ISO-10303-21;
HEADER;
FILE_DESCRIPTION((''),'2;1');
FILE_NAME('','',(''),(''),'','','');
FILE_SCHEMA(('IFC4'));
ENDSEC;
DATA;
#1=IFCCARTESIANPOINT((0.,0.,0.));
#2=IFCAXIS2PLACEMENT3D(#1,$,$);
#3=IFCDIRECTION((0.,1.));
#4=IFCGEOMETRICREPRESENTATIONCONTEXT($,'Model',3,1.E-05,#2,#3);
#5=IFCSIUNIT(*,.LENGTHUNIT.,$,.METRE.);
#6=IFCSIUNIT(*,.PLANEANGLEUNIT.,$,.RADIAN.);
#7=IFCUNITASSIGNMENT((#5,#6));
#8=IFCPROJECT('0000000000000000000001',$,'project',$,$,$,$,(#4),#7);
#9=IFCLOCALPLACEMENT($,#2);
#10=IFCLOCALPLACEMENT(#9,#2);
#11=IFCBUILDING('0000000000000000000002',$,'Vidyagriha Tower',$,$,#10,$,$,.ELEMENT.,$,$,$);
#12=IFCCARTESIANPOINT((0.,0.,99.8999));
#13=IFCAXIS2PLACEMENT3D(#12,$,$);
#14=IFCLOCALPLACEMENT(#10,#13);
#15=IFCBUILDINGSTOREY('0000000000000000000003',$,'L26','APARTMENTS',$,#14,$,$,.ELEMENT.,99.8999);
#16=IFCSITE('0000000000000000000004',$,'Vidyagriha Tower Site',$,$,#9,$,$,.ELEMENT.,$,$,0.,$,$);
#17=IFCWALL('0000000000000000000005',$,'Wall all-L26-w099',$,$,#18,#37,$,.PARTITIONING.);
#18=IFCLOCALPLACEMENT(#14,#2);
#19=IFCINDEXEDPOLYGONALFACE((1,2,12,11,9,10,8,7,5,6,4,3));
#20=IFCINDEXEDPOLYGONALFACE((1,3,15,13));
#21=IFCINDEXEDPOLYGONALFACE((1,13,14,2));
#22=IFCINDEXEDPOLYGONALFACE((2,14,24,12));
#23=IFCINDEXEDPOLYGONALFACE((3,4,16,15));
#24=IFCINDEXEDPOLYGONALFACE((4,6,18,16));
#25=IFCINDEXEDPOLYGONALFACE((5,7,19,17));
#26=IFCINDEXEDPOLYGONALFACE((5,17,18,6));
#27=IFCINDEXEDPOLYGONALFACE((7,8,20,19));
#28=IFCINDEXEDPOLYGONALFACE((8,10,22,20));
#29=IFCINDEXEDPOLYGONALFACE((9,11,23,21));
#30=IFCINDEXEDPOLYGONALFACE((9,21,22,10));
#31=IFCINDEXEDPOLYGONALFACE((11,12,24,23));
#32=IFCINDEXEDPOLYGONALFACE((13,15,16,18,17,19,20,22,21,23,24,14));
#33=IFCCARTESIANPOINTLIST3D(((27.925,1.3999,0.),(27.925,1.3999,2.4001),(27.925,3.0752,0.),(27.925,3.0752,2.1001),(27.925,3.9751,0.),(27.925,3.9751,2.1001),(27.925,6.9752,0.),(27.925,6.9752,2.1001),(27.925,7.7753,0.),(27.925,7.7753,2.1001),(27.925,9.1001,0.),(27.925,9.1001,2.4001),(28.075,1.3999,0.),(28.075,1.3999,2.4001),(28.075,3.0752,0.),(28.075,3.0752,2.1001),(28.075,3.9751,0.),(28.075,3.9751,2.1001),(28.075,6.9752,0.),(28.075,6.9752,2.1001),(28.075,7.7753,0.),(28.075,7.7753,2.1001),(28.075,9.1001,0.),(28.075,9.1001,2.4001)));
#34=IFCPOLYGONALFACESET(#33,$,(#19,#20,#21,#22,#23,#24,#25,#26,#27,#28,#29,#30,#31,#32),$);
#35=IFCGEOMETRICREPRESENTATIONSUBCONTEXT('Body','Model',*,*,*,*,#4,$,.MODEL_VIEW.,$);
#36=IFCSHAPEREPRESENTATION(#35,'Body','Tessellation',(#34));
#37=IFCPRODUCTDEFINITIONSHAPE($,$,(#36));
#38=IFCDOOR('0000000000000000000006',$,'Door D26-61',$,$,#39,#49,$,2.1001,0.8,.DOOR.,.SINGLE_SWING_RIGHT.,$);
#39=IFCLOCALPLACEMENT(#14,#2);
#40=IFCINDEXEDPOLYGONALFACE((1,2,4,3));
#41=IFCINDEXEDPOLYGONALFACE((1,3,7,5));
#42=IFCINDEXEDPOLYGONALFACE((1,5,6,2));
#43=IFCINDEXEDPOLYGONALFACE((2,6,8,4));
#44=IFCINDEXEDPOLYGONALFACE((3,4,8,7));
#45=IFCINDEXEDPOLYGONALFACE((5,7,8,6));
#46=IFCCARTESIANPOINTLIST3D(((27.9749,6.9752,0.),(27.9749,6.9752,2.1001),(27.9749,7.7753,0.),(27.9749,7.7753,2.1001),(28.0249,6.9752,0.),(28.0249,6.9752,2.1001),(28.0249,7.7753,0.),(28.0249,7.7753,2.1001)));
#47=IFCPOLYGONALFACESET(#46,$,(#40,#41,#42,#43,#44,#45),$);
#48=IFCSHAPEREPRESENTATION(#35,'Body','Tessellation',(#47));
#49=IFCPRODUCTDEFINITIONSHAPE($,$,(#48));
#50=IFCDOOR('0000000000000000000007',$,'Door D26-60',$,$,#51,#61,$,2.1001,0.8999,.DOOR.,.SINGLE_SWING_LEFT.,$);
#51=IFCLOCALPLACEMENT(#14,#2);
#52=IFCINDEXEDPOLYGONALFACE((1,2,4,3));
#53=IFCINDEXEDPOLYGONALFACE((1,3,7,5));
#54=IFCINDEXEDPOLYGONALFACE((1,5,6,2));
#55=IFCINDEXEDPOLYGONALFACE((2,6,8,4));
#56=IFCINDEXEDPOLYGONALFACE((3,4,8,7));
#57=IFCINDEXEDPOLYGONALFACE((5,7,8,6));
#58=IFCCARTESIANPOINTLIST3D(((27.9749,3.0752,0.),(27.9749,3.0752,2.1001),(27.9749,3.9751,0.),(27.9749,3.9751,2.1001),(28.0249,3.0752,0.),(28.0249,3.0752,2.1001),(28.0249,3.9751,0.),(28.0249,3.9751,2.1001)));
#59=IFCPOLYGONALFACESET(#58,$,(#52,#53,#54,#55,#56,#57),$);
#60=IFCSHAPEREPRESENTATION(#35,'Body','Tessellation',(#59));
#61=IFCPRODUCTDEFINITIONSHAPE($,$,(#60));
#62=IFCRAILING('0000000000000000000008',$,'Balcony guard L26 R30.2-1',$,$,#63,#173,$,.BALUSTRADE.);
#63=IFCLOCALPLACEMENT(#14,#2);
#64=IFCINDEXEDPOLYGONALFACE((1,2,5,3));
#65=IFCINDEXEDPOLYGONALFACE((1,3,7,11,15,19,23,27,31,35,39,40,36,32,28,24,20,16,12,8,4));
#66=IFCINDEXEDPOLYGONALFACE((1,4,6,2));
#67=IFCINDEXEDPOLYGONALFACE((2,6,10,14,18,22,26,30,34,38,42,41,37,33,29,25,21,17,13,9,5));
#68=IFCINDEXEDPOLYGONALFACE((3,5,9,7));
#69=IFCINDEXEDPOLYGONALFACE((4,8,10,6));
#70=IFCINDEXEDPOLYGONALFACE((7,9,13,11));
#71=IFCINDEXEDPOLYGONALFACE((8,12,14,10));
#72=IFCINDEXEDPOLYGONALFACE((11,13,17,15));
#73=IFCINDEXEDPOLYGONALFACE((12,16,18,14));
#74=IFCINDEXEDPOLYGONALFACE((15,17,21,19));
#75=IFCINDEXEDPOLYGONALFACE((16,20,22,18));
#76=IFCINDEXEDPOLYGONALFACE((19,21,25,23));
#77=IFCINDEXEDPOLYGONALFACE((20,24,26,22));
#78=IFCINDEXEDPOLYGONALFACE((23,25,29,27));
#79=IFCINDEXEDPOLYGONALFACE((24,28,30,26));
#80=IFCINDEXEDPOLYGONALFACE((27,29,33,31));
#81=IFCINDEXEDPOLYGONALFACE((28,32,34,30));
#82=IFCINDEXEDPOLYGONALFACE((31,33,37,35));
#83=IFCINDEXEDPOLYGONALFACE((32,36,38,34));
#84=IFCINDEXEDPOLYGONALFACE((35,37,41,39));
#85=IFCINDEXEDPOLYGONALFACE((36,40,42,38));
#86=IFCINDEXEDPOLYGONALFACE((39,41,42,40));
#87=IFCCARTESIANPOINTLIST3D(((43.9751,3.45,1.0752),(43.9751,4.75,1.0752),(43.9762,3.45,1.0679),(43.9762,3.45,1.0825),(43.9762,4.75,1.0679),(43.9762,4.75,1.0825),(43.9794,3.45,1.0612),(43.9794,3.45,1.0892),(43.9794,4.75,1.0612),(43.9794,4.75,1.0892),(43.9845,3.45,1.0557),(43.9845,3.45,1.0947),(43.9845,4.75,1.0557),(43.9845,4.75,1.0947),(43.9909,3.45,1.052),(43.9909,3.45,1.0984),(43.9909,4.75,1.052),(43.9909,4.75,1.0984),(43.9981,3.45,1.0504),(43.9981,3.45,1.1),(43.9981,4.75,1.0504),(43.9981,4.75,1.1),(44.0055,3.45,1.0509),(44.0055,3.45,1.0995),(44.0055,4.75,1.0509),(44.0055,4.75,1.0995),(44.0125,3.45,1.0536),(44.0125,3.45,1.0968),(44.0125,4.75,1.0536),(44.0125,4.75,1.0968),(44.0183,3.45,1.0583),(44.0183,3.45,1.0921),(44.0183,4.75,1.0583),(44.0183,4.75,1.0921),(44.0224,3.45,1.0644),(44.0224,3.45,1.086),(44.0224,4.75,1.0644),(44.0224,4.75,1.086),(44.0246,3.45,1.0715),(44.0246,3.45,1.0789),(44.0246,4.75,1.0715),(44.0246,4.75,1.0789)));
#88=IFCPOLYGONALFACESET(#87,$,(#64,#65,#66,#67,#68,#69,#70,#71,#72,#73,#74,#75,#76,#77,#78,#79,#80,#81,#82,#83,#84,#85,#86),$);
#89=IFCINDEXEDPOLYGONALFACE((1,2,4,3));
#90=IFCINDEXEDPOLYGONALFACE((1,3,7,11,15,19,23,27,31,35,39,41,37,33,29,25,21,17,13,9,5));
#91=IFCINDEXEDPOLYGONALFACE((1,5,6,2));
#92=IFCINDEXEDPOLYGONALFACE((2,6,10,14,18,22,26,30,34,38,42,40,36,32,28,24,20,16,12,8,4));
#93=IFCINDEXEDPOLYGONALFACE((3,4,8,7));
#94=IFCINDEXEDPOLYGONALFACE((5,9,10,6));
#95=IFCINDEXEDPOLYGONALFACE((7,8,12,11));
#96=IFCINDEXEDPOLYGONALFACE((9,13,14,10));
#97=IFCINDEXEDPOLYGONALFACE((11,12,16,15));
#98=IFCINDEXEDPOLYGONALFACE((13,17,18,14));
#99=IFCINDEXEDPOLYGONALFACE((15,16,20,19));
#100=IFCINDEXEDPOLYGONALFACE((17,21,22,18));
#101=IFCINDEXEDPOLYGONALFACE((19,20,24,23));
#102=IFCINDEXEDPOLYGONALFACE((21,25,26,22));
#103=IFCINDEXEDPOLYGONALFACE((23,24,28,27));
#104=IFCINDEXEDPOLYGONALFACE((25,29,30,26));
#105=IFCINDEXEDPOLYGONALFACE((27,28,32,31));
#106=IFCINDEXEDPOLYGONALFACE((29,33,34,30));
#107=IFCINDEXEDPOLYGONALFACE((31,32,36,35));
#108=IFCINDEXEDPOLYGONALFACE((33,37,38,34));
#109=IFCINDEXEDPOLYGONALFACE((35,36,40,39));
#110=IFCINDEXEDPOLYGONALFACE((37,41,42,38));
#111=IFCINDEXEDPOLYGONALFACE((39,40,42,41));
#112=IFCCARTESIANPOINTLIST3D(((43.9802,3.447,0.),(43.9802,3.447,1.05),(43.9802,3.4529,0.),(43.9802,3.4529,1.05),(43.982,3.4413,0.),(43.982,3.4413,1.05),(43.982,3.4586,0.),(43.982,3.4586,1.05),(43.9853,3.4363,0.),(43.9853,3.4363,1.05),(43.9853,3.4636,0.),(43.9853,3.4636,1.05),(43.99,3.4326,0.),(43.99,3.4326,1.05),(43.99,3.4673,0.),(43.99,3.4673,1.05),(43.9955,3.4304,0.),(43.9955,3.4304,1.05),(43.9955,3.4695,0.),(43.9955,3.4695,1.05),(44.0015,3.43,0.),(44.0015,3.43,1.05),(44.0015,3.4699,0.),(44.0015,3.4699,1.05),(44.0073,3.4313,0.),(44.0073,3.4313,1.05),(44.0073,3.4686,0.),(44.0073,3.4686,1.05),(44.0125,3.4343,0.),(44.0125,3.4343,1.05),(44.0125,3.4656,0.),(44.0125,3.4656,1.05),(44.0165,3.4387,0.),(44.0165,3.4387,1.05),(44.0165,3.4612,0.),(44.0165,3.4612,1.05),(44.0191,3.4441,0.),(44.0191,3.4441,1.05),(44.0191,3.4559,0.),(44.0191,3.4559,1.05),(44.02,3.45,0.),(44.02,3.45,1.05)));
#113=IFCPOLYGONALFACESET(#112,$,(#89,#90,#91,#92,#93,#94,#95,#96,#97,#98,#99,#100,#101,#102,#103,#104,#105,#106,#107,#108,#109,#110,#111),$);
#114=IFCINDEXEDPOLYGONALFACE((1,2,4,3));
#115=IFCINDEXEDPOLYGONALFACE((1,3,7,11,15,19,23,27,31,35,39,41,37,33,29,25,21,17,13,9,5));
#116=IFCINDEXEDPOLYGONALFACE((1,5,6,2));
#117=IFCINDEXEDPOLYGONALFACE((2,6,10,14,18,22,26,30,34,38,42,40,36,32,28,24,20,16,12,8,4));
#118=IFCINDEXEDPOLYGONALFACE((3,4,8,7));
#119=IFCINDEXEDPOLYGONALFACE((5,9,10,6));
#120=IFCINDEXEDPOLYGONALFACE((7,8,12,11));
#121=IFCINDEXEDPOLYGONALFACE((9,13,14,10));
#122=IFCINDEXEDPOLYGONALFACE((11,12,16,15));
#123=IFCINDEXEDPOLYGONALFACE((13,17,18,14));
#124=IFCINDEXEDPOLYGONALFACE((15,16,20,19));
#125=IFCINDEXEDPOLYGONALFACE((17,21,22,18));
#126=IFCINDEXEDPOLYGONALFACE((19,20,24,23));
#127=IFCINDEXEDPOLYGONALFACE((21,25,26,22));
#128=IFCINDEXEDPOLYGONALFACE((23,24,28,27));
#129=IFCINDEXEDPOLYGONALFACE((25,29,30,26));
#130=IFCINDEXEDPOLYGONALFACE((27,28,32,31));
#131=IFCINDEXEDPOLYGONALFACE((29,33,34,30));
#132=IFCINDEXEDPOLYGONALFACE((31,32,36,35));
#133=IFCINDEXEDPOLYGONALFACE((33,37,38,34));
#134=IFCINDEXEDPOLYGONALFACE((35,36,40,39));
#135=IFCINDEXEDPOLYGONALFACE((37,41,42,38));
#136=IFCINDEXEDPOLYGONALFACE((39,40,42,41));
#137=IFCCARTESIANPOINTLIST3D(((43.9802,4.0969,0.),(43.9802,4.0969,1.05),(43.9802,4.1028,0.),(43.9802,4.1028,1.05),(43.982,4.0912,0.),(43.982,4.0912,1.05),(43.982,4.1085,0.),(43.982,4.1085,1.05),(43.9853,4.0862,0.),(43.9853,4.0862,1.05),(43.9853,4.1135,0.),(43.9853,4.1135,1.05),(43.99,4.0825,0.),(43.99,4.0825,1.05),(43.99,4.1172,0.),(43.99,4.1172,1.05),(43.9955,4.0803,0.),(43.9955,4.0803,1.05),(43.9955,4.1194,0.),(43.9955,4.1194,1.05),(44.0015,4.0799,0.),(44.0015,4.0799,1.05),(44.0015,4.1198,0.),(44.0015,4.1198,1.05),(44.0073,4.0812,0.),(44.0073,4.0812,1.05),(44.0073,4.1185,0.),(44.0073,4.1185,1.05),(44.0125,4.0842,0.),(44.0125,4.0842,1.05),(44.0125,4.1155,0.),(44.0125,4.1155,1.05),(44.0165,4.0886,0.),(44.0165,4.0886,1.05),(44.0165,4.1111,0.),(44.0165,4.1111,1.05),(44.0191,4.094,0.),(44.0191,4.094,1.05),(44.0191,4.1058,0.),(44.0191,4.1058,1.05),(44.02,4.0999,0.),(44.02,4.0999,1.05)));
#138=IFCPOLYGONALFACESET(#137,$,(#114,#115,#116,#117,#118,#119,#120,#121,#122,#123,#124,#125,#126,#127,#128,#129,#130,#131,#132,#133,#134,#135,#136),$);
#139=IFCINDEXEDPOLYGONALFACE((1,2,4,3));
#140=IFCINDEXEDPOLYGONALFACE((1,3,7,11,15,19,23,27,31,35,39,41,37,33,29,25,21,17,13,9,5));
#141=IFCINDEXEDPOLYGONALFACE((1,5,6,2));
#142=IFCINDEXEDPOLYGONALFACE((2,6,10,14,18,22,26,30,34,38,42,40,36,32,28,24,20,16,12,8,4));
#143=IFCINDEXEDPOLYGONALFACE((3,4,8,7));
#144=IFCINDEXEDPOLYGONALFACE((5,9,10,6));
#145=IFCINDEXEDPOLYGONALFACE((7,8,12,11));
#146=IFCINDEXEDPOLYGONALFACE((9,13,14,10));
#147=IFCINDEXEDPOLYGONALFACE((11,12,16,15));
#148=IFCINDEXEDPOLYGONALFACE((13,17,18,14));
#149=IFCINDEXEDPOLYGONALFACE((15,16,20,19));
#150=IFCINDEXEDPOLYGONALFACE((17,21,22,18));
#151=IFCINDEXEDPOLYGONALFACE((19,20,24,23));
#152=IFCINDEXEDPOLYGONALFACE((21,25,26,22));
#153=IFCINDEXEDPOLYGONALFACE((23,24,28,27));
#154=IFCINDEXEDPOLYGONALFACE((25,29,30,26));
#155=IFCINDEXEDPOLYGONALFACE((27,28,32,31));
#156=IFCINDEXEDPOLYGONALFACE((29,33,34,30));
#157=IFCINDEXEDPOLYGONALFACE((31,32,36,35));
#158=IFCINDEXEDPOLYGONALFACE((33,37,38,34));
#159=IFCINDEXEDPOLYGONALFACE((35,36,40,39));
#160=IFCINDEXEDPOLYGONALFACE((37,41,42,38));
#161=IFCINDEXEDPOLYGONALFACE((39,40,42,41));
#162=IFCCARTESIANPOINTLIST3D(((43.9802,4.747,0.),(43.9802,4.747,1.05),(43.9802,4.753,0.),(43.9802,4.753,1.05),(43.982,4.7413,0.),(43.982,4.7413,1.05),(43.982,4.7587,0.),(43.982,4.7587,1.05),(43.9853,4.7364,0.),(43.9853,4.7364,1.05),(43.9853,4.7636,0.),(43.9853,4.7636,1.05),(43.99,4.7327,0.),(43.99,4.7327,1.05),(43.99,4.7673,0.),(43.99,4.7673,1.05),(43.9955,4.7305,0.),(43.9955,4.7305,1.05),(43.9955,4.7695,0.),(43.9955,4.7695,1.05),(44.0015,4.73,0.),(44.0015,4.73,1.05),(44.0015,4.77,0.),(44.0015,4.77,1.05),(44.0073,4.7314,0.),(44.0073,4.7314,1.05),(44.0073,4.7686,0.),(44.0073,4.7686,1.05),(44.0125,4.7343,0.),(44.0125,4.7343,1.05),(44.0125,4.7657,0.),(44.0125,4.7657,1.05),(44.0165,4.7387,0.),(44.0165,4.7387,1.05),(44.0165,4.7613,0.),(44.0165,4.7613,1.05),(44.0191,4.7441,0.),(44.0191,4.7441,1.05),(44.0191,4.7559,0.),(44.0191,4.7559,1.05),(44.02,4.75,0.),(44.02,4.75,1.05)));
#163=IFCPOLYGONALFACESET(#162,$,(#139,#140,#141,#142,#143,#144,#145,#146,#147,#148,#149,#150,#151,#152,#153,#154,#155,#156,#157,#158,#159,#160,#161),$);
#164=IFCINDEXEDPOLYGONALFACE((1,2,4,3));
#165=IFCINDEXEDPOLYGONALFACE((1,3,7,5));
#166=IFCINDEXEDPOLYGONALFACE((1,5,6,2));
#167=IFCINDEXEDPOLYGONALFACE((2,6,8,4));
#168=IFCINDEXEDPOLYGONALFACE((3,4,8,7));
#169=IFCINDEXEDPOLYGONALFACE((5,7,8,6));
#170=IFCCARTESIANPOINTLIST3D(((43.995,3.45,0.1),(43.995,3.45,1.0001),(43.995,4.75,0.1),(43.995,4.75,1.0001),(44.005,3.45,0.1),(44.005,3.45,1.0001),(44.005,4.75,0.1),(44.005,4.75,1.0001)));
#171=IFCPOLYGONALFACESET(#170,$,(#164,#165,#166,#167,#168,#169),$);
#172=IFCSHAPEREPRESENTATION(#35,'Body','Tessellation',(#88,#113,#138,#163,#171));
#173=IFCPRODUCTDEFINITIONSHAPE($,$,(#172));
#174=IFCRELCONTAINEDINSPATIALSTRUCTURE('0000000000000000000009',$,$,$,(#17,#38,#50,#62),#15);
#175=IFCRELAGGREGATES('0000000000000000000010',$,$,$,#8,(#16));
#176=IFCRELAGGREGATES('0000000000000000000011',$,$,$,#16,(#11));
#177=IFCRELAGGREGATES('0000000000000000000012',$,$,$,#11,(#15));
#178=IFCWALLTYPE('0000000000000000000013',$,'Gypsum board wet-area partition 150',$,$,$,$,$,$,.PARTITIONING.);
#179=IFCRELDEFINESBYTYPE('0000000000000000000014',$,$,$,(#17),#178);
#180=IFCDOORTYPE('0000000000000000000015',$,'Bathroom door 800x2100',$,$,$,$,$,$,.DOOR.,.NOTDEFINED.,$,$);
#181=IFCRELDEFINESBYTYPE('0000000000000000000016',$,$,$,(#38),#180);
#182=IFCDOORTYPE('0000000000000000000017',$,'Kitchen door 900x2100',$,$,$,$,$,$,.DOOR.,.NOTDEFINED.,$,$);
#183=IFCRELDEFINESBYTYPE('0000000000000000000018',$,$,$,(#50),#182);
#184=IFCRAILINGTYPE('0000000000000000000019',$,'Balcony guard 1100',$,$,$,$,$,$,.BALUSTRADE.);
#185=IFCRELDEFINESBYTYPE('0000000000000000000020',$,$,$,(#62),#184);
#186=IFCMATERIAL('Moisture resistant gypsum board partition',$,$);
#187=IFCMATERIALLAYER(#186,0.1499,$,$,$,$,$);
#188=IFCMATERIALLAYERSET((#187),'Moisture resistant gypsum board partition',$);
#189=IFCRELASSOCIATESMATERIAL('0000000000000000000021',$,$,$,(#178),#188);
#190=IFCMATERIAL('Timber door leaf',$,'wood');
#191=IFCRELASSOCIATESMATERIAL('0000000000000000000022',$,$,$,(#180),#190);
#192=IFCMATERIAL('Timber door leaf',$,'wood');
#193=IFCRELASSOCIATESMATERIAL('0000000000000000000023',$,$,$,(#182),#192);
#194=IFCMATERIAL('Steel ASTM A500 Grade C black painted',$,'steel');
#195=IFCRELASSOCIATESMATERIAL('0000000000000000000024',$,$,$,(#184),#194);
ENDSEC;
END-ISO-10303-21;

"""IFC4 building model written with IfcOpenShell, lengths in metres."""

from ifc_helpers import new_model, si_unit, direction, frame, frame_2d, origin, origin_2d, place, context, subcontext, project, spatial, rectangle, circle, extrude, material, layer, layer_set, type_object, element, fill, save


model = new_model("IFC4")

# Units and contexts
model_context = context("Model", 3, precision=1e-05, world=origin(), true_north=direction((0.0, 1.0)))
body_context = subcontext(model_context, "Body", "Model", "MODEL_VIEW")
ifc_project = project(units=[si_unit("LENGTHUNIT", "METRE"), si_unit("PLANEANGLEUNIT", "RADIAN")], contexts=[model_context])

# Site, building, storey
site_placement = place(None, origin())
site = spatial("IfcSite", under=ifc_project, at=site_placement, Name="Vidyagriha Tower Site", CompositionType="ELEMENT", RefElevation=0.0)
building_placement = place(site_placement, origin())
building = spatial("IfcBuilding", under=site, at=building_placement, Name="Vidyagriha Tower", CompositionType="ELEMENT")
storey_placement = place(building_placement, frame((0.0, 0.0, 99.8999)))
storey = spatial("IfcBuildingStorey", under=building, at=storey_placement, Name="L26", Description="APARTMENTS", CompositionType="ELEMENT", Elevation=99.8999)

# Wall, openings, doors
ifc_material_1 = material(Name="Moisture resistant gypsum board partition")
ifc_layer_1 = layer(ifc_material_1, 0.1499)
ifc_layer_set_1 = layer_set([ifc_layer_1], Name="Moisture resistant gypsum board partition")
wall_type_1 = type_object("IfcWallType", Name="Gypsum board wet-area partition 150", PredefinedType="PARTITIONING", material=ifc_layer_set_1)
wall_1_placement = place(storey_placement, frame((28.0, 9.1001, 0.0), z_axis=(0.0, 0.0, 1.0), x_axis=(0.0, -1.0, 0.0)))
wall_1 = element("IfcWall", 1, at=wall_1_placement, inside=storey, type_object=wall_type_1, Name="Wall all-L26-w099", PredefinedType="PARTITIONING", context=body_context, shape_type="SweptSolid", body=[
    extrude(rectangle(XDim=7.7002, YDim=0.1499, at=frame_2d((3.8501, 0.0))), origin(), (0.0, 0.0, 1.0), 2.4001),
])
opening_1_placement = place(wall_1_placement, frame((5.125, 0.0, 0.0)))
opening_1 = element("IfcOpeningElement", 2, at=opening_1_placement, cuts=wall_1, PredefinedType="OPENING", context=body_context, shape_type="SweptSolid", body=[
    extrude(rectangle(XDim=0.8999, YDim=2.1001, at=frame_2d((0.45, 1.05))), frame((0.0, 0.085, 0.0), z_axis=(0.0, -1.0, 0.0), x_axis=(1.0, 0.0, 0.0)), (0.0, 0.0, 1.0), 0.1699),
])
opening_2_placement = place(wall_1_placement, frame((1.325, 0.0, 0.0)))
opening_2 = element("IfcOpeningElement", 3, at=opening_2_placement, cuts=wall_1, PredefinedType="OPENING", context=body_context, shape_type="SweptSolid", body=[
    extrude(rectangle(XDim=0.8, YDim=2.1001, at=frame_2d((0.3999, 1.05))), frame((0.0, 0.085, 0.0), z_axis=(0.0, -1.0, 0.0), x_axis=(1.0, 0.0, 0.0)), (0.0, 0.0, 1.0), 0.1699),
])
ifc_material_2 = material(Name="Timber door leaf", Category="wood")
door_type_1 = type_object("IfcDoorType", Name="Bathroom door 800x2100", OperationType="NOTDEFINED", PredefinedType="DOOR", material=ifc_material_2)
door_1_placement = place(opening_2_placement, origin())
door_1 = element("IfcDoor", 4, at=door_1_placement, inside=storey, type_object=door_type_1, Name="Door D26-61", OperationType="SINGLE_SWING_RIGHT", OverallHeight=2.1001, OverallWidth=0.8, PredefinedType="DOOR", context=body_context, shape_type="SweptSolid", body=[
    extrude(rectangle(XDim=0.8, YDim=2.1001, at=frame_2d((0.3999, 1.05))), frame((0.0, 0.0249, 0.0), z_axis=(0.0, -1.0, 0.0), x_axis=(1.0, 0.0, 0.0)), (0.0, 0.0, 1.0), 0.05),
])
fill(opening_2, door_1)
ifc_material_3 = material(Name="Timber door leaf", Category="wood")
door_type_2 = type_object("IfcDoorType", Name="Kitchen door 900x2100", OperationType="NOTDEFINED", PredefinedType="DOOR", material=ifc_material_3)
door_2_placement = place(opening_1_placement, origin())
door_2 = element("IfcDoor", 5, at=door_2_placement, inside=storey, type_object=door_type_2, Name="Door D26-60", OperationType="SINGLE_SWING_LEFT", OverallHeight=2.1001, OverallWidth=0.8999, PredefinedType="DOOR", context=body_context, shape_type="SweptSolid", body=[
    extrude(rectangle(XDim=0.8999, YDim=2.1001, at=frame_2d((0.45, 1.05))), frame((0.0, 0.0249, 0.0), z_axis=(0.0, -1.0, 0.0), x_axis=(1.0, 0.0, 0.0)), (0.0, 0.0, 1.0), 0.05),
])
fill(opening_1, door_2)

# Railing
ifc_material_4 = material(Name="Steel ASTM A500 Grade C black painted", Category="steel")
railing_type_1 = type_object("IfcRailingType", Name="Balcony guard 1100", PredefinedType="BALUSTRADE", material=ifc_material_4)
railing_1_placement = place(storey_placement, frame((44.0, 3.45, 0.0)))
element("IfcRailing", 6, at=railing_1_placement, inside=storey, type_object=railing_type_1, Name="Balcony guard L26 R30.2-1", PredefinedType="BALUSTRADE", context=body_context, shape_type="SweptSolid", body=[
    extrude(circle(Radius=0.0249, at=origin_2d()), frame((0.0, 0.0, 1.0752), z_axis=(0.0, 1.0, 0.0), x_axis=(-1.0, 0.0, 0.0)), (0.0, 0.0, 1.0), 1.3),
    extrude(circle(Radius=0.02, at=origin_2d()), origin(), (0.0, 0.0, 1.0), 1.05),
    extrude(circle(Radius=0.02, at=origin_2d()), frame((0.0, 0.6499, 0.0)), (0.0, 0.0, 1.0), 1.05),
    extrude(circle(Radius=0.02, at=origin_2d()), frame((0.0, 1.3, 0.0)), (0.0, 0.0, 1.0), 1.05),
    extrude(rectangle(XDim=0.01, YDim=0.9001, at=origin_2d()), frame((0.0, 0.0, 0.55), z_axis=(0.0, 1.0, 0.0), x_axis=(-1.0, 0.0, 0.0)), (0.0, 0.0, 1.0), 1.3),
])

save(model, "model.ifc")
